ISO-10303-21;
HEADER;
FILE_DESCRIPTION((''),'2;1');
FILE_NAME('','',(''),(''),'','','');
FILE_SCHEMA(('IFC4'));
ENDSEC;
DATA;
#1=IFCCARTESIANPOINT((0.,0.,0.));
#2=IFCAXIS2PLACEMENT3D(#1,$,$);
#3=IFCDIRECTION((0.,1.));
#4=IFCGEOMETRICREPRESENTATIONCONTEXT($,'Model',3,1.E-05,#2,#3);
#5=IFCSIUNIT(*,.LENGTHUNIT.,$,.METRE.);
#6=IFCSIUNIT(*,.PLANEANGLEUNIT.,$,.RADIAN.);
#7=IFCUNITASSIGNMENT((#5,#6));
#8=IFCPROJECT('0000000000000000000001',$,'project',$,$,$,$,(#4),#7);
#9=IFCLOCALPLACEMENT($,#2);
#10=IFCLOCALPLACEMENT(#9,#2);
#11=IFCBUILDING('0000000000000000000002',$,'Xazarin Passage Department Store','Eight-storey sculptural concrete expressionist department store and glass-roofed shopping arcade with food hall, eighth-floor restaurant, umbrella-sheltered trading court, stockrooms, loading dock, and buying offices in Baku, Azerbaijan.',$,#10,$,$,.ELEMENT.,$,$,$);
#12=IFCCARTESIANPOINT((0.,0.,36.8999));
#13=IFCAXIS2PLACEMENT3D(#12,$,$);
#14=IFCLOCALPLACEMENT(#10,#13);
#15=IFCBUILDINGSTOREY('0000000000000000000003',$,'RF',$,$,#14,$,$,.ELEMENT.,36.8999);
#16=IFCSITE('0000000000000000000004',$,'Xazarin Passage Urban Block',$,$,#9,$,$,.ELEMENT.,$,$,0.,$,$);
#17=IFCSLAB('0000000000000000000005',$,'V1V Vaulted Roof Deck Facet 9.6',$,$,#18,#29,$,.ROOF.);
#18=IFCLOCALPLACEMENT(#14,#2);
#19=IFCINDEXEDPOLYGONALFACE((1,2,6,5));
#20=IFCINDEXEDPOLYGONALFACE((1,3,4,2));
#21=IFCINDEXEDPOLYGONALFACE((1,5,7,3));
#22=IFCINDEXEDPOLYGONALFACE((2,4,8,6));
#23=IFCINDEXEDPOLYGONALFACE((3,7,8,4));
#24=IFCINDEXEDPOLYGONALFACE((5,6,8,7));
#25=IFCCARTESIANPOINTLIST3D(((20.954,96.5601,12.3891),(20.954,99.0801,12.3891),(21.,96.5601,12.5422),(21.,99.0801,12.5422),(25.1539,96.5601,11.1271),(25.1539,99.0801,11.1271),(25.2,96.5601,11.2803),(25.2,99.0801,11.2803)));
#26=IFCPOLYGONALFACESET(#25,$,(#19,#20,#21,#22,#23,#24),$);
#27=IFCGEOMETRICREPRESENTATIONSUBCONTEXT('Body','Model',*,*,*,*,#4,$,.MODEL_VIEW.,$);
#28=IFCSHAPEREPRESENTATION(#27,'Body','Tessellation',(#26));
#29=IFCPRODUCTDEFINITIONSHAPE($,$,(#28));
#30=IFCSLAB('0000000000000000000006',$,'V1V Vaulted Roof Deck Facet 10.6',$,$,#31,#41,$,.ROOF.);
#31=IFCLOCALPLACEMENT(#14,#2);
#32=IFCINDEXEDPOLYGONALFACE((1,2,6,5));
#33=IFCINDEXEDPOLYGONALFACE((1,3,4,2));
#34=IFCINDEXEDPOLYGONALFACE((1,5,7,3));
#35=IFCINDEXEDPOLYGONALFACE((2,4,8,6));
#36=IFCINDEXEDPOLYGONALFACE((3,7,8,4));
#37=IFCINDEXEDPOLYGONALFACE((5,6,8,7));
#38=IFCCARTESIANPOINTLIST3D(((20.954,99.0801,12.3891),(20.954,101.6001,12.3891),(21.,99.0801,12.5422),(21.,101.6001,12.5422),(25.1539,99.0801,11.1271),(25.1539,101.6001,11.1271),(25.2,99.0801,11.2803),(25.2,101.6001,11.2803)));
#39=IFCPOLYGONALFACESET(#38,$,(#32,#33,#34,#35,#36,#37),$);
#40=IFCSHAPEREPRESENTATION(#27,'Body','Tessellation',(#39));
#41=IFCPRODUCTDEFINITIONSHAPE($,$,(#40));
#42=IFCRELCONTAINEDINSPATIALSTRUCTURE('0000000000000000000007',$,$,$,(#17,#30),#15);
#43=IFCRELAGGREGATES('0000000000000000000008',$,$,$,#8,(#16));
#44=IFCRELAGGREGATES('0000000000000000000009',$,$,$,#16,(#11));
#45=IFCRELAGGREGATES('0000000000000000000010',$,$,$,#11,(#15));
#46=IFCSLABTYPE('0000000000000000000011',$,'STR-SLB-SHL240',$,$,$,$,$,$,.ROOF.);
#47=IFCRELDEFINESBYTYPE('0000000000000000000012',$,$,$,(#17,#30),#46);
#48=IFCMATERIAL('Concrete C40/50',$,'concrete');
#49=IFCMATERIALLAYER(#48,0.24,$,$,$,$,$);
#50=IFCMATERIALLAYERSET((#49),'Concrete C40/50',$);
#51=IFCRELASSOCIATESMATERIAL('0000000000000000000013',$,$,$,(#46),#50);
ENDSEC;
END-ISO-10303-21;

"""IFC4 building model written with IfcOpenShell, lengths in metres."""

from ifc_helpers import new_model, si_unit, direction, frame, origin, place, context, subcontext, project, spatial, polyline, outline, extrude, material, layer, layer_set, type_object, element, save


model = new_model("IFC4")

# Units and contexts
model_context = context("Model", 3, precision=1e-05, world=origin(), true_north=direction((0.0, 1.0)))
body_context = subcontext(model_context, "Body", "Model", "MODEL_VIEW")
ifc_project = project(units=[si_unit("LENGTHUNIT", "METRE"), si_unit("PLANEANGLEUNIT", "RADIAN")], contexts=[model_context])

# Site, building, storey
site_placement = place(None, origin())
site = spatial("IfcSite", under=ifc_project, at=site_placement, Name="Xazarin Passage Urban Block", CompositionType="ELEMENT", RefElevation=0.0)
building_placement = place(site_placement, origin())
building = spatial("IfcBuilding", under=site, at=building_placement, Name="Xazarin Passage Department Store", Description="Eight-storey sculptural concrete expressionist department store and glass-roofed shopping arcade with food hall, eighth-floor restaurant, umbrella-sheltered trading court, stockrooms, loading dock, and buying offices in Baku, Azerbaijan.", CompositionType="ELEMENT")
storey_placement = place(building_placement, frame((0.0, 0.0, 36.8999)))
storey = spatial("IfcBuildingStorey", under=building, at=storey_placement, Name="RF", CompositionType="ELEMENT", Elevation=36.8999)

# Slabs
ifc_material_1 = material(Name="Concrete C40/50", Category="concrete")
ifc_layer_1 = layer(ifc_material_1, 0.24)
ifc_layer_set_1 = layer_set([ifc_layer_1], Name="Concrete C40/50")
slab_type = type_object("IfcSlabType", Name="STR-SLB-SHL240", PredefinedType="ROOF", material=ifc_layer_set_1)
for number, where, z_axis, x_axis, name in (
    (1, (21.0, 96.5601, 12.5422), (0.287762, 0.0, 0.957702), (0.957702, 0.0, -0.287762), "V1V Vaulted Roof Deck Facet 9.6"),
    (2, (21.0, 99.0801, 12.5422), (0.287762, 0.0, 0.957702), (0.957702, 0.0, -0.287762), "V1V Vaulted Roof Deck Facet 10.6"),
):
    element("IfcSlab", number, at=place(storey_placement, frame(where, z_axis=z_axis, x_axis=x_axis)), inside=storey, type_object=slab_type, Name=name, PredefinedType="ROOF", context=body_context, shape_type="SweptSolid", body=[
        extrude(outline(polyline([(0.0, 0.0), (4.3854, 0.0), (4.3854, 2.52), (0.0, 2.52), (0.0, 0.0)])), origin(), (0.0, 0.0, -1.0), 0.1599),
    ])

save(model, "model.ifc")
